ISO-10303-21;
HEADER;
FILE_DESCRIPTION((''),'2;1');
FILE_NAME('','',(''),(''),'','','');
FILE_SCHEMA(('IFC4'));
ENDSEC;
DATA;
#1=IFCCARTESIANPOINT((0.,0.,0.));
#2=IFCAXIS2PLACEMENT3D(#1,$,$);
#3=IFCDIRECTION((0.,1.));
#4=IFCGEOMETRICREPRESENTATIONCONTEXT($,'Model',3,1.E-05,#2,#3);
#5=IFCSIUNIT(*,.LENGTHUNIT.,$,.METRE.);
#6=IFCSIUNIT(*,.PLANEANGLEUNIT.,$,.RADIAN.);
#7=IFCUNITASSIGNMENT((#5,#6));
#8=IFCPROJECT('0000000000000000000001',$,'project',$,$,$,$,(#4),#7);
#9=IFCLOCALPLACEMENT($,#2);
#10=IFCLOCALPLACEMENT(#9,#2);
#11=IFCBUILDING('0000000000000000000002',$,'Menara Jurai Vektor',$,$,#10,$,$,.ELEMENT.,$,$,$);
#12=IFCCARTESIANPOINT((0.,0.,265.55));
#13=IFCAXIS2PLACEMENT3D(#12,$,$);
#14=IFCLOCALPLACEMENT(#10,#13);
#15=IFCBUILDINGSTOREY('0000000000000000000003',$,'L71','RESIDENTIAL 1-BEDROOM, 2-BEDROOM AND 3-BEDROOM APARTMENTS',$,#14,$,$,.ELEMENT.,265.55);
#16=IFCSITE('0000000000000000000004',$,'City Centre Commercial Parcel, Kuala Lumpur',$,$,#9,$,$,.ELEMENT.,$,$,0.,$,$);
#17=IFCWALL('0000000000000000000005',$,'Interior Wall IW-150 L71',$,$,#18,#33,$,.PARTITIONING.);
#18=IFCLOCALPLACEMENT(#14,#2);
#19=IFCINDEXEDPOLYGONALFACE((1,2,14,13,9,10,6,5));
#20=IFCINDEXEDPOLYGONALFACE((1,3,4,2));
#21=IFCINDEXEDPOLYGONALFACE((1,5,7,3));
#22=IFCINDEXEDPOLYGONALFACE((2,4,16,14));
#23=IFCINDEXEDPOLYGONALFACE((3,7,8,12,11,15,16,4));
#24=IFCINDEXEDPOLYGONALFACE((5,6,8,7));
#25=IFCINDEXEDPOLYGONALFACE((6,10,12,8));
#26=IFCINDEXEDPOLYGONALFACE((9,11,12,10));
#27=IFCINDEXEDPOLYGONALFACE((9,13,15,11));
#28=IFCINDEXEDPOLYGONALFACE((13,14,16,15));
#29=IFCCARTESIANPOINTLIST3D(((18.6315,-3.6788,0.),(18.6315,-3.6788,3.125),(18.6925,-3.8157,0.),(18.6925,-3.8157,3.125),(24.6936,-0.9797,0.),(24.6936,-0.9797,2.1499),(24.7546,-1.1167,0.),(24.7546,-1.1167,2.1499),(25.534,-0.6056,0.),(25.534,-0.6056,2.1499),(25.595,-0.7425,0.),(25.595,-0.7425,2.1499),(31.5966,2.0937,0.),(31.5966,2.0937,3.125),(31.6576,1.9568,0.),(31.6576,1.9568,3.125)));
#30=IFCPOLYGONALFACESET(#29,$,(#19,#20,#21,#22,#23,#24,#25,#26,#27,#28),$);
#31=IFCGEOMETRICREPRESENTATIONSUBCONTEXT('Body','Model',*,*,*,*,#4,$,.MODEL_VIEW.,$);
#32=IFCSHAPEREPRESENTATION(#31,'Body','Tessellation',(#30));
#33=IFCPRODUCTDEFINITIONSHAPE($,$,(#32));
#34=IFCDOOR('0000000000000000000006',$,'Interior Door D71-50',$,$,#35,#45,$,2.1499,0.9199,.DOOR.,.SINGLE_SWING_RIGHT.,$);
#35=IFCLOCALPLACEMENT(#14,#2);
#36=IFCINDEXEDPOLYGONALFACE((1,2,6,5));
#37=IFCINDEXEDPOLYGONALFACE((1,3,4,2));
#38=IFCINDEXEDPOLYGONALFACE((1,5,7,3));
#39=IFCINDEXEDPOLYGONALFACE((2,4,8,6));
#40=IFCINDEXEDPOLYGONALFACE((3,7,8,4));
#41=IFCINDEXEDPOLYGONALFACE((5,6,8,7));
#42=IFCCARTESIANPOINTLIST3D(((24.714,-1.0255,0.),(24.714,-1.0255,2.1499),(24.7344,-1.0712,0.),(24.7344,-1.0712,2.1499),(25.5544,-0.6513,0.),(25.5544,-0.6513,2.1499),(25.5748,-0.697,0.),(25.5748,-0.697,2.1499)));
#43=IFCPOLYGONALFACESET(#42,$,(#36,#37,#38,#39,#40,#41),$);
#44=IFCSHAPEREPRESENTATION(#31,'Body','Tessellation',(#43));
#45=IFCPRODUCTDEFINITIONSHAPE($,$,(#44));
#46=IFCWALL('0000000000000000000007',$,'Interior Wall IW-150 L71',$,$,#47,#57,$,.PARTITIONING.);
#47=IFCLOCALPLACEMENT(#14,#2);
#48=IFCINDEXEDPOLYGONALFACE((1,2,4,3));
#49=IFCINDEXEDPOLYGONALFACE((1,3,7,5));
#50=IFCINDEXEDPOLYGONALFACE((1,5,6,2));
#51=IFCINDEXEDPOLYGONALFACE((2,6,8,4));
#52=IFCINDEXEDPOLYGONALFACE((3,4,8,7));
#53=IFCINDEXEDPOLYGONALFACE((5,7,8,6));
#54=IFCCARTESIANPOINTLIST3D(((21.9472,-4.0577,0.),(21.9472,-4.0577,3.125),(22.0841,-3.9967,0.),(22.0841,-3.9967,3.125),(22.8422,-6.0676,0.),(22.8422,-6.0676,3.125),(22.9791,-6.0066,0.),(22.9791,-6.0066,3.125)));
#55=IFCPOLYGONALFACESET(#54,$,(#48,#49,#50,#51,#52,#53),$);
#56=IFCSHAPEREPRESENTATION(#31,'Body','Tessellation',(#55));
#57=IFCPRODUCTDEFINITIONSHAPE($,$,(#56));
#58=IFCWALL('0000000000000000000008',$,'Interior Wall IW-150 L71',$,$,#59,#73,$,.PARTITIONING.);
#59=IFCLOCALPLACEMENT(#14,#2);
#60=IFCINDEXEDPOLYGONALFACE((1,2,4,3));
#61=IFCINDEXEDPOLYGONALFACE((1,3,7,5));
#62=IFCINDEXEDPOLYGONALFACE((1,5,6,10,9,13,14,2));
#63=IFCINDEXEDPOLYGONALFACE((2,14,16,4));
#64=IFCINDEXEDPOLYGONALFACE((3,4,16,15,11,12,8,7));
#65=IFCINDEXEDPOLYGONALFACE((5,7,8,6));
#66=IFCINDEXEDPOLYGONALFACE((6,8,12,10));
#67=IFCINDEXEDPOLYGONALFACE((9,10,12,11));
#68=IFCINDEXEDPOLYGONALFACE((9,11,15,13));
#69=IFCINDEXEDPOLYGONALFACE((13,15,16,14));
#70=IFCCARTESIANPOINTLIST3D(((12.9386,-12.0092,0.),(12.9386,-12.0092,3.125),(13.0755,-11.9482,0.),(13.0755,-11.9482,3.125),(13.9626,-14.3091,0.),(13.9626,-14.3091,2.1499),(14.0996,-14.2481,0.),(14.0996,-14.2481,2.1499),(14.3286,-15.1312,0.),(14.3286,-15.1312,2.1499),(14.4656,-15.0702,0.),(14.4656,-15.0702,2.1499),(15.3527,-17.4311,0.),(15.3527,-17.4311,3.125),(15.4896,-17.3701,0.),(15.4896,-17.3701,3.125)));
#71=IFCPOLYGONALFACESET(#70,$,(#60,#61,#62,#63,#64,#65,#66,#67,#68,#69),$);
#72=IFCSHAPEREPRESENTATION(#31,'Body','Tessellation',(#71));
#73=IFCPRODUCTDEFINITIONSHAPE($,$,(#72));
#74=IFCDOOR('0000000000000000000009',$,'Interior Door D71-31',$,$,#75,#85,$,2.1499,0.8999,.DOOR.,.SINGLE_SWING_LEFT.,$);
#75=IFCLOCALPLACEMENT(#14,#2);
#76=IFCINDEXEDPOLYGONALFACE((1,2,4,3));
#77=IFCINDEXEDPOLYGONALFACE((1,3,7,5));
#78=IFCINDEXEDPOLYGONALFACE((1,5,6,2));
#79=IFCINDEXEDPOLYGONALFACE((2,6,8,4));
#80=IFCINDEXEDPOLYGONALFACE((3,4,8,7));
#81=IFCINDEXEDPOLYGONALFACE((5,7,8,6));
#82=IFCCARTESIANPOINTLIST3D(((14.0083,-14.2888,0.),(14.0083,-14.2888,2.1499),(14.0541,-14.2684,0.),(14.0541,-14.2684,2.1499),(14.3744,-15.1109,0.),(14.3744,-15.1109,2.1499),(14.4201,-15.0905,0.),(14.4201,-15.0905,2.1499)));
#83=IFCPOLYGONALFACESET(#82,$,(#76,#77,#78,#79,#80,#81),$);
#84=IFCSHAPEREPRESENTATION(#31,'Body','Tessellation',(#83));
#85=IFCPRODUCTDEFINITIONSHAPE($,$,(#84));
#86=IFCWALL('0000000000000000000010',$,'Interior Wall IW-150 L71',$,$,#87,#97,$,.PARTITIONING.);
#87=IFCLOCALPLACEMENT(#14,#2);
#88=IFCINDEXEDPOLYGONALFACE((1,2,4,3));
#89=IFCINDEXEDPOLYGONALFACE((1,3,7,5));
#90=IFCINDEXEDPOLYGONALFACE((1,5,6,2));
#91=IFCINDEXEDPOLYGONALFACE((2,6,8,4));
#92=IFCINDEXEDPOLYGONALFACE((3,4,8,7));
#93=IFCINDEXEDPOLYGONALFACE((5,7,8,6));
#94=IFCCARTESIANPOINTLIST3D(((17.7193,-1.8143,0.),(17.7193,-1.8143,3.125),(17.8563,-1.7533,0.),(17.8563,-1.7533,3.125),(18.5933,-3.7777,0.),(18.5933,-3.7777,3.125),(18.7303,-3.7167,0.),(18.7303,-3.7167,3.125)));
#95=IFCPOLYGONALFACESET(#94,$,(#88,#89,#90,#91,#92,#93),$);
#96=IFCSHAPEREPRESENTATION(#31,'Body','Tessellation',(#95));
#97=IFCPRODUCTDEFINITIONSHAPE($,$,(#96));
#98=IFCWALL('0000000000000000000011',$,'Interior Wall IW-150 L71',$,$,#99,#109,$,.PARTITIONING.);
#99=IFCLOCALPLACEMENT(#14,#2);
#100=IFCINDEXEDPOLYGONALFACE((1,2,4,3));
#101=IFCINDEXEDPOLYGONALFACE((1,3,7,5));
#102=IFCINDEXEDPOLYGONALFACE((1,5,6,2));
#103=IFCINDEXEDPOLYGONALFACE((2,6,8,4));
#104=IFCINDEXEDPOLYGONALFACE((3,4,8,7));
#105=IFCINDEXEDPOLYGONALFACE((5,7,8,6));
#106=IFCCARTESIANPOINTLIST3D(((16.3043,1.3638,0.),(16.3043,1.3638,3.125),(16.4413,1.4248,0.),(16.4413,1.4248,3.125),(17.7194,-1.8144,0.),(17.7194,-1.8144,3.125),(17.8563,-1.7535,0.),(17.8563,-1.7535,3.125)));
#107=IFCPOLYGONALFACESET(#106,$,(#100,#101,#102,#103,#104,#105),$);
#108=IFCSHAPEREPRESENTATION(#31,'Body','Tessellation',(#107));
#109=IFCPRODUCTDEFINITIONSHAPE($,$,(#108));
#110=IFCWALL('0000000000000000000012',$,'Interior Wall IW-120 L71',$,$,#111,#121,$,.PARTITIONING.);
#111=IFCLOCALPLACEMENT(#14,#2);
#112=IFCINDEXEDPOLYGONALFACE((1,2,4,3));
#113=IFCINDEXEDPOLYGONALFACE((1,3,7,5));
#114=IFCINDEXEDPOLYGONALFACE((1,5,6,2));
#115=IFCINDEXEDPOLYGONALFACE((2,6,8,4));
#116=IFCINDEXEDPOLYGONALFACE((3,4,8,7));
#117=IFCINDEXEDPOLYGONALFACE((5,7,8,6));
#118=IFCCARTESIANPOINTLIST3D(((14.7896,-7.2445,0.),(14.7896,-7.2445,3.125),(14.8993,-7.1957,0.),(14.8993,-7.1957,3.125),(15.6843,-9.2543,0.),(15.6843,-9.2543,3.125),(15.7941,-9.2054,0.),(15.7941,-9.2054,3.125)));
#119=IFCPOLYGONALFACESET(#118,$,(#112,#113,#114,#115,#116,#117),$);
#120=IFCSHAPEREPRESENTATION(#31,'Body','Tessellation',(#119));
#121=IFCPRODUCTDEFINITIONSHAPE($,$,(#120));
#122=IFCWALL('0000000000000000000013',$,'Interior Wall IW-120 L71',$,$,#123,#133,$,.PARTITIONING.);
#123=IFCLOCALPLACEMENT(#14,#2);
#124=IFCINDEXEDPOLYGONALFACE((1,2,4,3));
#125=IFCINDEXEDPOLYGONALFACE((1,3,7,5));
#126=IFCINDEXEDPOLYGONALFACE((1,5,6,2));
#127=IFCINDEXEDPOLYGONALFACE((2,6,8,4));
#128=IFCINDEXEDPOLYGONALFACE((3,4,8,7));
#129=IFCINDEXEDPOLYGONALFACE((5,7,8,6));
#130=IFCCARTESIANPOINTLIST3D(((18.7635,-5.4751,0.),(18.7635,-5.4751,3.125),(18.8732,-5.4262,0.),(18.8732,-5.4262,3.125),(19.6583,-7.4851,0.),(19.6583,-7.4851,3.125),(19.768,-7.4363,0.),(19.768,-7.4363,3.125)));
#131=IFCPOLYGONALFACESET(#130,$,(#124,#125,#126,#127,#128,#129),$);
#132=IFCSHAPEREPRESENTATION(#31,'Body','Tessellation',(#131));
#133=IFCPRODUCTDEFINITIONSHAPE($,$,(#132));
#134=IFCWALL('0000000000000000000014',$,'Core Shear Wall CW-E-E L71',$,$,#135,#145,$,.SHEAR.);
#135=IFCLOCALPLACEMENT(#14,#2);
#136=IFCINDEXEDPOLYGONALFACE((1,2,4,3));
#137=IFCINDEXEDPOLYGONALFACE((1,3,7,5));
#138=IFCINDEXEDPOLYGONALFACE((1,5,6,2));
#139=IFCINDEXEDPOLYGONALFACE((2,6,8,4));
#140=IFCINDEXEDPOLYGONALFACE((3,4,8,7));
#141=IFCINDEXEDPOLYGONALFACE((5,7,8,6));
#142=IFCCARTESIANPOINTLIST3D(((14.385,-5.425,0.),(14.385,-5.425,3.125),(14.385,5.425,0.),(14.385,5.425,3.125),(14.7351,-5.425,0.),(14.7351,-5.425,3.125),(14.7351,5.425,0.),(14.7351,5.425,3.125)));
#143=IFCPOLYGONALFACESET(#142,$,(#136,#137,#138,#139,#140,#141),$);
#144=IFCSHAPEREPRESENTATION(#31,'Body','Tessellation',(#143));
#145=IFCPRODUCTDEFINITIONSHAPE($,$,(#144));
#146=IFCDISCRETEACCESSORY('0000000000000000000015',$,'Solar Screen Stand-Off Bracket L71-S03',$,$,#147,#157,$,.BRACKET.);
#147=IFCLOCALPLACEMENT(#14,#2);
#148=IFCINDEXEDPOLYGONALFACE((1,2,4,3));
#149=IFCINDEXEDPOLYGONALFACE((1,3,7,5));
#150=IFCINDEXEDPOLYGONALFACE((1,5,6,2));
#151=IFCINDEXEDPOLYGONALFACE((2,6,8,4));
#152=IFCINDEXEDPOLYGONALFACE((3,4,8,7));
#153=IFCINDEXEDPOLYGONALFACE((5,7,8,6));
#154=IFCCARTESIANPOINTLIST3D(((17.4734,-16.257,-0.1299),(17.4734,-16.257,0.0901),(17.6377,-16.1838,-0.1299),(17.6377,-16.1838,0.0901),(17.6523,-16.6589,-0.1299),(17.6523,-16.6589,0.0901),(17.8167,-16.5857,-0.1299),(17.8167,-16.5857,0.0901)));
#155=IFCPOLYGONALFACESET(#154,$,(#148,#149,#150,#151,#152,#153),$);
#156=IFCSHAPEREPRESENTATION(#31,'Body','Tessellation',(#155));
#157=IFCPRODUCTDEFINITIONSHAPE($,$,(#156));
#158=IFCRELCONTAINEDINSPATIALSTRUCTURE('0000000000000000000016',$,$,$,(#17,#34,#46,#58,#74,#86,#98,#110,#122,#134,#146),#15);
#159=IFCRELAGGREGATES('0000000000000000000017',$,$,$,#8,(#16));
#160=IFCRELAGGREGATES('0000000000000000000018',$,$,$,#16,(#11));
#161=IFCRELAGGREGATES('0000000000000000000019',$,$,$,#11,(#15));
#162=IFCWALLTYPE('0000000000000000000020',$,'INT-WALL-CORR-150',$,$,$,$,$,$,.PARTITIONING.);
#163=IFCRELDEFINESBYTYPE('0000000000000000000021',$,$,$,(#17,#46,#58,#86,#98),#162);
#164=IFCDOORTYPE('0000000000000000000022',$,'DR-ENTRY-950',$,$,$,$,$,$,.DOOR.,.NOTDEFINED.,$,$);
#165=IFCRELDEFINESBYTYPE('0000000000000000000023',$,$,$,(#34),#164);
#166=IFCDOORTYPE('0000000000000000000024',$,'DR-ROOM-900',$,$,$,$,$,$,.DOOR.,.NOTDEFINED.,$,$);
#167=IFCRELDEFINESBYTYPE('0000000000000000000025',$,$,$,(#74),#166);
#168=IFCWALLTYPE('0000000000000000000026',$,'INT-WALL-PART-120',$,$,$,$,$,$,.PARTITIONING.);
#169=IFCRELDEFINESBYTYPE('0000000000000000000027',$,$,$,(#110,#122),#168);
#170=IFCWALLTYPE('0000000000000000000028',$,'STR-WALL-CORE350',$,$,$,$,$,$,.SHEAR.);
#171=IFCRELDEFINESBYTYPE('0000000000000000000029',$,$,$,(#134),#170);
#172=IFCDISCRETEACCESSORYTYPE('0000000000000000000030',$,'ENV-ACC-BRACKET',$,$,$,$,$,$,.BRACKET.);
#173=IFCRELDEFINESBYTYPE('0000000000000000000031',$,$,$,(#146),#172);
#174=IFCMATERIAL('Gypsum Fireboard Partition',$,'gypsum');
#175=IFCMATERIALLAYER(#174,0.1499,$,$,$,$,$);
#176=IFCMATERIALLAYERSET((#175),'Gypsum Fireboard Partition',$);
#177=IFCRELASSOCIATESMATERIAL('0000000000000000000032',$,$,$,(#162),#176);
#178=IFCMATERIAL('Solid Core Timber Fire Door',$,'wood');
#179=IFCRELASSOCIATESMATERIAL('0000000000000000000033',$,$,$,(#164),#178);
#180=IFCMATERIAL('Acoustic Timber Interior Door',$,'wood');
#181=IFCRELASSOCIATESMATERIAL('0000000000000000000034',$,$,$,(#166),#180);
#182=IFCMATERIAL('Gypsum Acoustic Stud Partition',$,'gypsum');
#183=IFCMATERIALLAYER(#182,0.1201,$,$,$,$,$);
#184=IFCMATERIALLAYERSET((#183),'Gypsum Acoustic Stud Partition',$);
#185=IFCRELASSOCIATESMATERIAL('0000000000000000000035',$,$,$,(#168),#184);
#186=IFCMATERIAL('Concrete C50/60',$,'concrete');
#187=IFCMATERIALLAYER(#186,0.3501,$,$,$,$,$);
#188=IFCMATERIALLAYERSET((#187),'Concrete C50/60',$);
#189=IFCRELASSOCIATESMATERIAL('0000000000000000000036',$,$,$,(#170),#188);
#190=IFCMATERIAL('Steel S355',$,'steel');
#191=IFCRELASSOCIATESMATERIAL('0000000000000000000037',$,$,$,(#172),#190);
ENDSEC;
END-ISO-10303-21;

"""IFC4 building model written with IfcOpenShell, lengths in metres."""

from ifc_helpers import new_model, si_unit, direction, frame, frame_2d, origin, origin_2d, place, context, subcontext, project, spatial, rectangle, extrude, material, layer, layer_set, type_object, element, fill, save


model = new_model("IFC4")

# Units and contexts
model_context = context("Model", 3, precision=1e-05, world=origin(), true_north=direction((0.0, 1.0)))
body_context = subcontext(model_context, "Body", "Model", "MODEL_VIEW")
ifc_project = project(units=[si_unit("LENGTHUNIT", "METRE"), si_unit("PLANEANGLEUNIT", "RADIAN")], contexts=[model_context])

# Site, building, storey
site_placement = place(None, origin())
site = spatial("IfcSite", under=ifc_project, at=site_placement, Name="City Centre Commercial Parcel, Kuala Lumpur", CompositionType="ELEMENT", RefElevation=0.0)
building_placement = place(site_placement, origin())
building = spatial("IfcBuilding", under=site, at=building_placement, Name="Menara Jurai Vektor", CompositionType="ELEMENT")
storey_placement = place(building_placement, frame((0.0, 0.0, 265.55)))
storey = spatial("IfcBuildingStorey", under=building, at=storey_placement, Name="L71", Description="RESIDENTIAL 1-BEDROOM, 2-BEDROOM AND 3-BEDROOM APARTMENTS", CompositionType="ELEMENT", Elevation=265.55)

# Shared definitions
ifc_material_1 = material(Name="Concrete C50/60", Category="concrete")

# Shared definitions
ifc_material_2 = material(Name="Steel S355", Category="steel")

# Shared definitions
ifc_material_3 = material(Name="Gypsum Fireboard Partition", Category="gypsum")
ifc_layer_1 = layer(ifc_material_3, 0.1499)
ifc_layer_set_1 = layer_set([ifc_layer_1], Name="Gypsum Fireboard Partition")
wall_type_1 = type_object("IfcWallType", Name="INT-WALL-CORR-150", PredefinedType="PARTITIONING", material=ifc_layer_set_1)
ifc_material_4 = material(Name="Solid Core Timber Fire Door", Category="wood")
door_type_1 = type_object("IfcDoorType", Name="DR-ENTRY-950", OperationType="NOTDEFINED", PredefinedType="DOOR", material=ifc_material_4)

# Wall, opening, door
wall_1_placement = place(storey_placement, frame((18.6619, -3.7473, 0.0), z_axis=(0.0, 0.0, 1.0), x_axis=(0.913545, 0.406739, 0.0)))
wall_1 = element("IfcWall", 1, at=wall_1_placement, inside=storey, type_object=wall_type_1, Name="Interior Wall IW-150 L71", PredefinedType="PARTITIONING", context=body_context, shape_type="SweptSolid", body=[
    extrude(rectangle(XDim=14.1921, YDim=0.1499, at=frame_2d((7.0962, 0.0))), origin(), (0.0, 0.0, 1.0), 3.125),
])
opening_1_placement = place(wall_1_placement, frame((6.636, 0.0, 0.0)))
opening_1 = element("IfcOpeningElement", 2, at=opening_1_placement, cuts=wall_1, PredefinedType="OPENING", context=body_context, shape_type="SweptSolid", body=[
    extrude(rectangle(XDim=0.9199, YDim=2.1499, at=frame_2d((0.46, 1.075))), frame((0.0, 0.085, 0.0), z_axis=(0.0, -1.0, 0.0), x_axis=(1.0, 0.0, 0.0)), (0.0, 0.0, 1.0), 0.1699),
])
door_1_placement = place(opening_1_placement, origin())
door_1 = element("IfcDoor", 3, at=door_1_placement, inside=storey, type_object=door_type_1, Name="Interior Door D71-50", OperationType="SINGLE_SWING_RIGHT", OverallHeight=2.1499, OverallWidth=0.9199, PredefinedType="DOOR", context=body_context, shape_type="SweptSolid", body=[
    extrude(rectangle(XDim=0.9199, YDim=2.1499, at=frame_2d((0.46, 1.075))), frame((0.0, 0.0249, 0.0), z_axis=(0.0, -1.0, 0.0), x_axis=(1.0, 0.0, 0.0)), (0.0, 0.0, 1.0), 0.05),
])
fill(opening_1, door_1)
ifc_material_5 = material(Name="Acoustic Timber Interior Door", Category="wood")
door_type_2 = type_object("IfcDoorType", Name="DR-ROOM-900", OperationType="NOTDEFINED", PredefinedType="DOOR", material=ifc_material_5)

# Wall
wall_2_placement = place(storey_placement, frame((22.9106, -6.0371, 0.0), z_axis=(0.0, 0.0, 1.0), x_axis=(-0.406777, 0.913528, 0.0)))
element("IfcWall", 4, at=wall_2_placement, inside=storey, type_object=wall_type_1, Name="Interior Wall IW-150 L71", PredefinedType="PARTITIONING", context=body_context, shape_type="SweptSolid", body=[
    extrude(rectangle(XDim=2.2002, YDim=0.1499, at=frame_2d((1.1001, 0.0))), origin(), (0.0, 0.0, 1.0), 3.125),
])

# Wall, opening, door
wall_3_placement = place(storey_placement, frame((15.4211, -17.4006, 0.0), z_axis=(0.0, 0.0, 1.0), x_axis=(-0.406749, 0.91354, 0.0)))
wall_3 = element("IfcWall", 5, at=wall_3_placement, inside=storey, type_object=wall_type_1, Name="Interior Wall IW-150 L71", PredefinedType="PARTITIONING", context=body_context, shape_type="SweptSolid", body=[
    extrude(rectangle(XDim=5.9351, YDim=0.1499, at=frame_2d((2.9675, 0.0))), origin(), (0.0, 0.0, 1.0), 3.125),
])
opening_2_placement = place(wall_3_placement, frame((2.5176, 0.0, 0.0)))
opening_2 = element("IfcOpeningElement", 6, at=opening_2_placement, cuts=wall_3, PredefinedType="OPENING", context=body_context, shape_type="SweptSolid", body=[
    extrude(rectangle(XDim=0.8999, YDim=2.1499, at=frame_2d((0.45, 1.075))), frame((0.0, 0.085, 0.0), z_axis=(0.0, -1.0, 0.0), x_axis=(1.0, 0.0, 0.0)), (0.0, 0.0, 1.0), 0.1699),
])
door_2_placement = place(opening_2_placement, origin())
door_2 = element("IfcDoor", 7, at=door_2_placement, inside=storey, type_object=door_type_2, Name="Interior Door D71-31", OperationType="SINGLE_SWING_LEFT", OverallHeight=2.1499, OverallWidth=0.8999, PredefinedType="DOOR", context=body_context, shape_type="SweptSolid", body=[
    extrude(rectangle(XDim=0.8999, YDim=2.1499, at=frame_2d((0.45, 1.075))), frame((0.0, 0.0249, 0.0), z_axis=(0.0, -1.0, 0.0), x_axis=(1.0, 0.0, 0.0)), (0.0, 0.0, 1.0), 0.05),
])
fill(opening_2, door_2)

# Walls
wall_4_placement = place(storey_placement, frame((18.6619, -3.7473, 0.0), z_axis=(0.0, 0.0, 1.0), x_axis=(-0.406686, 0.913568, 0.0)))
element("IfcWall", 8, at=wall_4_placement, inside=storey, type_object=wall_type_1, Name="Interior Wall IW-150 L71", PredefinedType="PARTITIONING", context=body_context, shape_type="SweptSolid", body=[
    extrude(rectangle(XDim=2.1492, YDim=0.1499, at=frame_2d((1.0747, 0.0))), origin(), (0.0, 0.0, 1.0), 3.125),
])
wall_5_placement = place(storey_placement, frame((17.7878, -1.7839, 0.0), z_axis=(0.0, 0.0, 1.0), x_axis=(-0.406737, 0.913545, 0.0)))
element("IfcWall", 9, at=wall_5_placement, inside=storey, type_object=wall_type_1, Name="Interior Wall IW-150 L71", PredefinedType="PARTITIONING", context=body_context, shape_type="SweptSolid", body=[
    extrude(rectangle(XDim=3.479, YDim=0.1499, at=frame_2d((1.7395, 0.0))), origin(), (0.0, 0.0, 1.0), 3.125),
])
ifc_material_6 = material(Name="Gypsum Acoustic Stud Partition", Category="gypsum")
ifc_layer_2 = layer(ifc_material_6, 0.1201)
ifc_layer_set_2 = layer_set([ifc_layer_2], Name="Gypsum Acoustic Stud Partition")
wall_type_2 = type_object("IfcWallType", Name="INT-WALL-PART-120", PredefinedType="PARTITIONING", material=ifc_layer_set_2)
wall_6_placement = place(storey_placement, frame((15.7393, -9.23, 0.0), z_axis=(0.0, 0.0, 1.0), x_axis=(-0.406725, 0.913551, 0.0)))
element("IfcWall", 10, at=wall_6_placement, inside=storey, type_object=wall_type_2, Name="Interior Wall IW-120 L71", PredefinedType="PARTITIONING", context=body_context, shape_type="SweptSolid", body=[
    extrude(rectangle(XDim=2.2, YDim=0.1201, at=frame_2d((1.1001, 0.0))), origin(), (0.0, 0.0, 1.0), 3.125),
])
wall_7_placement = place(storey_placement, frame((19.7131, -7.4607, 0.0), z_axis=(0.0, 0.0, 1.0), x_axis=(-0.406684, 0.913569, 0.0)))
element("IfcWall", 11, at=wall_7_placement, inside=storey, type_object=wall_type_2, Name="Interior Wall IW-120 L71", PredefinedType="PARTITIONING", context=body_context, shape_type="SweptSolid", body=[
    extrude(rectangle(XDim=2.2002, YDim=0.1201, at=frame_2d((1.1001, 0.0))), origin(), (0.0, 0.0, 1.0), 3.125),
])
ifc_layer_3 = layer(ifc_material_1, 0.3501)
ifc_layer_set_3 = layer_set([ifc_layer_3], Name="Concrete C50/60")
wall_type_3 = type_object("IfcWallType", Name="STR-WALL-CORE350", PredefinedType="SHEAR", material=ifc_layer_set_3)
wall_8_placement = place(storey_placement, frame((14.5601, -5.425, 0.0), z_axis=(0.0, 0.0, 1.0), x_axis=(0.0, 1.0, 0.0)))
element("IfcWall", 12, at=wall_8_placement, inside=storey, type_object=wall_type_3, Name="Core Shear Wall CW-E-E L71", PredefinedType="SHEAR", context=body_context, shape_type="SweptSolid", body=[
    extrude(rectangle(XDim=10.8501, YDim=0.3501, at=frame_2d((5.425, 0.0))), origin(), (0.0, 0.0, 1.0), 3.125),
])

# Discrete accessory
discrete_accessory_type = type_object("IfcDiscreteAccessoryType", Name="ENV-ACC-BRACKET", PredefinedType="BRACKET", material=ifc_material_2)
discrete_accessory_placement = place(storey_placement, frame((17.645, -16.4214, -0.1299), z_axis=(0.0, 0.0, 1.0), x_axis=(0.913545, 0.406737, 0.0)))
element("IfcDiscreteAccessory", 13, at=discrete_accessory_placement, inside=storey, type_object=discrete_accessory_type, Name="Solar Screen Stand-Off Bracket L71-S03", PredefinedType="BRACKET", context=body_context, shape_type="SweptSolid", body=[
    extrude(rectangle(XDim=0.1799, YDim=0.4399, at=origin_2d()), origin(), (0.0, 0.0, 1.0), 0.22),
])

save(model, "model.ifc")
